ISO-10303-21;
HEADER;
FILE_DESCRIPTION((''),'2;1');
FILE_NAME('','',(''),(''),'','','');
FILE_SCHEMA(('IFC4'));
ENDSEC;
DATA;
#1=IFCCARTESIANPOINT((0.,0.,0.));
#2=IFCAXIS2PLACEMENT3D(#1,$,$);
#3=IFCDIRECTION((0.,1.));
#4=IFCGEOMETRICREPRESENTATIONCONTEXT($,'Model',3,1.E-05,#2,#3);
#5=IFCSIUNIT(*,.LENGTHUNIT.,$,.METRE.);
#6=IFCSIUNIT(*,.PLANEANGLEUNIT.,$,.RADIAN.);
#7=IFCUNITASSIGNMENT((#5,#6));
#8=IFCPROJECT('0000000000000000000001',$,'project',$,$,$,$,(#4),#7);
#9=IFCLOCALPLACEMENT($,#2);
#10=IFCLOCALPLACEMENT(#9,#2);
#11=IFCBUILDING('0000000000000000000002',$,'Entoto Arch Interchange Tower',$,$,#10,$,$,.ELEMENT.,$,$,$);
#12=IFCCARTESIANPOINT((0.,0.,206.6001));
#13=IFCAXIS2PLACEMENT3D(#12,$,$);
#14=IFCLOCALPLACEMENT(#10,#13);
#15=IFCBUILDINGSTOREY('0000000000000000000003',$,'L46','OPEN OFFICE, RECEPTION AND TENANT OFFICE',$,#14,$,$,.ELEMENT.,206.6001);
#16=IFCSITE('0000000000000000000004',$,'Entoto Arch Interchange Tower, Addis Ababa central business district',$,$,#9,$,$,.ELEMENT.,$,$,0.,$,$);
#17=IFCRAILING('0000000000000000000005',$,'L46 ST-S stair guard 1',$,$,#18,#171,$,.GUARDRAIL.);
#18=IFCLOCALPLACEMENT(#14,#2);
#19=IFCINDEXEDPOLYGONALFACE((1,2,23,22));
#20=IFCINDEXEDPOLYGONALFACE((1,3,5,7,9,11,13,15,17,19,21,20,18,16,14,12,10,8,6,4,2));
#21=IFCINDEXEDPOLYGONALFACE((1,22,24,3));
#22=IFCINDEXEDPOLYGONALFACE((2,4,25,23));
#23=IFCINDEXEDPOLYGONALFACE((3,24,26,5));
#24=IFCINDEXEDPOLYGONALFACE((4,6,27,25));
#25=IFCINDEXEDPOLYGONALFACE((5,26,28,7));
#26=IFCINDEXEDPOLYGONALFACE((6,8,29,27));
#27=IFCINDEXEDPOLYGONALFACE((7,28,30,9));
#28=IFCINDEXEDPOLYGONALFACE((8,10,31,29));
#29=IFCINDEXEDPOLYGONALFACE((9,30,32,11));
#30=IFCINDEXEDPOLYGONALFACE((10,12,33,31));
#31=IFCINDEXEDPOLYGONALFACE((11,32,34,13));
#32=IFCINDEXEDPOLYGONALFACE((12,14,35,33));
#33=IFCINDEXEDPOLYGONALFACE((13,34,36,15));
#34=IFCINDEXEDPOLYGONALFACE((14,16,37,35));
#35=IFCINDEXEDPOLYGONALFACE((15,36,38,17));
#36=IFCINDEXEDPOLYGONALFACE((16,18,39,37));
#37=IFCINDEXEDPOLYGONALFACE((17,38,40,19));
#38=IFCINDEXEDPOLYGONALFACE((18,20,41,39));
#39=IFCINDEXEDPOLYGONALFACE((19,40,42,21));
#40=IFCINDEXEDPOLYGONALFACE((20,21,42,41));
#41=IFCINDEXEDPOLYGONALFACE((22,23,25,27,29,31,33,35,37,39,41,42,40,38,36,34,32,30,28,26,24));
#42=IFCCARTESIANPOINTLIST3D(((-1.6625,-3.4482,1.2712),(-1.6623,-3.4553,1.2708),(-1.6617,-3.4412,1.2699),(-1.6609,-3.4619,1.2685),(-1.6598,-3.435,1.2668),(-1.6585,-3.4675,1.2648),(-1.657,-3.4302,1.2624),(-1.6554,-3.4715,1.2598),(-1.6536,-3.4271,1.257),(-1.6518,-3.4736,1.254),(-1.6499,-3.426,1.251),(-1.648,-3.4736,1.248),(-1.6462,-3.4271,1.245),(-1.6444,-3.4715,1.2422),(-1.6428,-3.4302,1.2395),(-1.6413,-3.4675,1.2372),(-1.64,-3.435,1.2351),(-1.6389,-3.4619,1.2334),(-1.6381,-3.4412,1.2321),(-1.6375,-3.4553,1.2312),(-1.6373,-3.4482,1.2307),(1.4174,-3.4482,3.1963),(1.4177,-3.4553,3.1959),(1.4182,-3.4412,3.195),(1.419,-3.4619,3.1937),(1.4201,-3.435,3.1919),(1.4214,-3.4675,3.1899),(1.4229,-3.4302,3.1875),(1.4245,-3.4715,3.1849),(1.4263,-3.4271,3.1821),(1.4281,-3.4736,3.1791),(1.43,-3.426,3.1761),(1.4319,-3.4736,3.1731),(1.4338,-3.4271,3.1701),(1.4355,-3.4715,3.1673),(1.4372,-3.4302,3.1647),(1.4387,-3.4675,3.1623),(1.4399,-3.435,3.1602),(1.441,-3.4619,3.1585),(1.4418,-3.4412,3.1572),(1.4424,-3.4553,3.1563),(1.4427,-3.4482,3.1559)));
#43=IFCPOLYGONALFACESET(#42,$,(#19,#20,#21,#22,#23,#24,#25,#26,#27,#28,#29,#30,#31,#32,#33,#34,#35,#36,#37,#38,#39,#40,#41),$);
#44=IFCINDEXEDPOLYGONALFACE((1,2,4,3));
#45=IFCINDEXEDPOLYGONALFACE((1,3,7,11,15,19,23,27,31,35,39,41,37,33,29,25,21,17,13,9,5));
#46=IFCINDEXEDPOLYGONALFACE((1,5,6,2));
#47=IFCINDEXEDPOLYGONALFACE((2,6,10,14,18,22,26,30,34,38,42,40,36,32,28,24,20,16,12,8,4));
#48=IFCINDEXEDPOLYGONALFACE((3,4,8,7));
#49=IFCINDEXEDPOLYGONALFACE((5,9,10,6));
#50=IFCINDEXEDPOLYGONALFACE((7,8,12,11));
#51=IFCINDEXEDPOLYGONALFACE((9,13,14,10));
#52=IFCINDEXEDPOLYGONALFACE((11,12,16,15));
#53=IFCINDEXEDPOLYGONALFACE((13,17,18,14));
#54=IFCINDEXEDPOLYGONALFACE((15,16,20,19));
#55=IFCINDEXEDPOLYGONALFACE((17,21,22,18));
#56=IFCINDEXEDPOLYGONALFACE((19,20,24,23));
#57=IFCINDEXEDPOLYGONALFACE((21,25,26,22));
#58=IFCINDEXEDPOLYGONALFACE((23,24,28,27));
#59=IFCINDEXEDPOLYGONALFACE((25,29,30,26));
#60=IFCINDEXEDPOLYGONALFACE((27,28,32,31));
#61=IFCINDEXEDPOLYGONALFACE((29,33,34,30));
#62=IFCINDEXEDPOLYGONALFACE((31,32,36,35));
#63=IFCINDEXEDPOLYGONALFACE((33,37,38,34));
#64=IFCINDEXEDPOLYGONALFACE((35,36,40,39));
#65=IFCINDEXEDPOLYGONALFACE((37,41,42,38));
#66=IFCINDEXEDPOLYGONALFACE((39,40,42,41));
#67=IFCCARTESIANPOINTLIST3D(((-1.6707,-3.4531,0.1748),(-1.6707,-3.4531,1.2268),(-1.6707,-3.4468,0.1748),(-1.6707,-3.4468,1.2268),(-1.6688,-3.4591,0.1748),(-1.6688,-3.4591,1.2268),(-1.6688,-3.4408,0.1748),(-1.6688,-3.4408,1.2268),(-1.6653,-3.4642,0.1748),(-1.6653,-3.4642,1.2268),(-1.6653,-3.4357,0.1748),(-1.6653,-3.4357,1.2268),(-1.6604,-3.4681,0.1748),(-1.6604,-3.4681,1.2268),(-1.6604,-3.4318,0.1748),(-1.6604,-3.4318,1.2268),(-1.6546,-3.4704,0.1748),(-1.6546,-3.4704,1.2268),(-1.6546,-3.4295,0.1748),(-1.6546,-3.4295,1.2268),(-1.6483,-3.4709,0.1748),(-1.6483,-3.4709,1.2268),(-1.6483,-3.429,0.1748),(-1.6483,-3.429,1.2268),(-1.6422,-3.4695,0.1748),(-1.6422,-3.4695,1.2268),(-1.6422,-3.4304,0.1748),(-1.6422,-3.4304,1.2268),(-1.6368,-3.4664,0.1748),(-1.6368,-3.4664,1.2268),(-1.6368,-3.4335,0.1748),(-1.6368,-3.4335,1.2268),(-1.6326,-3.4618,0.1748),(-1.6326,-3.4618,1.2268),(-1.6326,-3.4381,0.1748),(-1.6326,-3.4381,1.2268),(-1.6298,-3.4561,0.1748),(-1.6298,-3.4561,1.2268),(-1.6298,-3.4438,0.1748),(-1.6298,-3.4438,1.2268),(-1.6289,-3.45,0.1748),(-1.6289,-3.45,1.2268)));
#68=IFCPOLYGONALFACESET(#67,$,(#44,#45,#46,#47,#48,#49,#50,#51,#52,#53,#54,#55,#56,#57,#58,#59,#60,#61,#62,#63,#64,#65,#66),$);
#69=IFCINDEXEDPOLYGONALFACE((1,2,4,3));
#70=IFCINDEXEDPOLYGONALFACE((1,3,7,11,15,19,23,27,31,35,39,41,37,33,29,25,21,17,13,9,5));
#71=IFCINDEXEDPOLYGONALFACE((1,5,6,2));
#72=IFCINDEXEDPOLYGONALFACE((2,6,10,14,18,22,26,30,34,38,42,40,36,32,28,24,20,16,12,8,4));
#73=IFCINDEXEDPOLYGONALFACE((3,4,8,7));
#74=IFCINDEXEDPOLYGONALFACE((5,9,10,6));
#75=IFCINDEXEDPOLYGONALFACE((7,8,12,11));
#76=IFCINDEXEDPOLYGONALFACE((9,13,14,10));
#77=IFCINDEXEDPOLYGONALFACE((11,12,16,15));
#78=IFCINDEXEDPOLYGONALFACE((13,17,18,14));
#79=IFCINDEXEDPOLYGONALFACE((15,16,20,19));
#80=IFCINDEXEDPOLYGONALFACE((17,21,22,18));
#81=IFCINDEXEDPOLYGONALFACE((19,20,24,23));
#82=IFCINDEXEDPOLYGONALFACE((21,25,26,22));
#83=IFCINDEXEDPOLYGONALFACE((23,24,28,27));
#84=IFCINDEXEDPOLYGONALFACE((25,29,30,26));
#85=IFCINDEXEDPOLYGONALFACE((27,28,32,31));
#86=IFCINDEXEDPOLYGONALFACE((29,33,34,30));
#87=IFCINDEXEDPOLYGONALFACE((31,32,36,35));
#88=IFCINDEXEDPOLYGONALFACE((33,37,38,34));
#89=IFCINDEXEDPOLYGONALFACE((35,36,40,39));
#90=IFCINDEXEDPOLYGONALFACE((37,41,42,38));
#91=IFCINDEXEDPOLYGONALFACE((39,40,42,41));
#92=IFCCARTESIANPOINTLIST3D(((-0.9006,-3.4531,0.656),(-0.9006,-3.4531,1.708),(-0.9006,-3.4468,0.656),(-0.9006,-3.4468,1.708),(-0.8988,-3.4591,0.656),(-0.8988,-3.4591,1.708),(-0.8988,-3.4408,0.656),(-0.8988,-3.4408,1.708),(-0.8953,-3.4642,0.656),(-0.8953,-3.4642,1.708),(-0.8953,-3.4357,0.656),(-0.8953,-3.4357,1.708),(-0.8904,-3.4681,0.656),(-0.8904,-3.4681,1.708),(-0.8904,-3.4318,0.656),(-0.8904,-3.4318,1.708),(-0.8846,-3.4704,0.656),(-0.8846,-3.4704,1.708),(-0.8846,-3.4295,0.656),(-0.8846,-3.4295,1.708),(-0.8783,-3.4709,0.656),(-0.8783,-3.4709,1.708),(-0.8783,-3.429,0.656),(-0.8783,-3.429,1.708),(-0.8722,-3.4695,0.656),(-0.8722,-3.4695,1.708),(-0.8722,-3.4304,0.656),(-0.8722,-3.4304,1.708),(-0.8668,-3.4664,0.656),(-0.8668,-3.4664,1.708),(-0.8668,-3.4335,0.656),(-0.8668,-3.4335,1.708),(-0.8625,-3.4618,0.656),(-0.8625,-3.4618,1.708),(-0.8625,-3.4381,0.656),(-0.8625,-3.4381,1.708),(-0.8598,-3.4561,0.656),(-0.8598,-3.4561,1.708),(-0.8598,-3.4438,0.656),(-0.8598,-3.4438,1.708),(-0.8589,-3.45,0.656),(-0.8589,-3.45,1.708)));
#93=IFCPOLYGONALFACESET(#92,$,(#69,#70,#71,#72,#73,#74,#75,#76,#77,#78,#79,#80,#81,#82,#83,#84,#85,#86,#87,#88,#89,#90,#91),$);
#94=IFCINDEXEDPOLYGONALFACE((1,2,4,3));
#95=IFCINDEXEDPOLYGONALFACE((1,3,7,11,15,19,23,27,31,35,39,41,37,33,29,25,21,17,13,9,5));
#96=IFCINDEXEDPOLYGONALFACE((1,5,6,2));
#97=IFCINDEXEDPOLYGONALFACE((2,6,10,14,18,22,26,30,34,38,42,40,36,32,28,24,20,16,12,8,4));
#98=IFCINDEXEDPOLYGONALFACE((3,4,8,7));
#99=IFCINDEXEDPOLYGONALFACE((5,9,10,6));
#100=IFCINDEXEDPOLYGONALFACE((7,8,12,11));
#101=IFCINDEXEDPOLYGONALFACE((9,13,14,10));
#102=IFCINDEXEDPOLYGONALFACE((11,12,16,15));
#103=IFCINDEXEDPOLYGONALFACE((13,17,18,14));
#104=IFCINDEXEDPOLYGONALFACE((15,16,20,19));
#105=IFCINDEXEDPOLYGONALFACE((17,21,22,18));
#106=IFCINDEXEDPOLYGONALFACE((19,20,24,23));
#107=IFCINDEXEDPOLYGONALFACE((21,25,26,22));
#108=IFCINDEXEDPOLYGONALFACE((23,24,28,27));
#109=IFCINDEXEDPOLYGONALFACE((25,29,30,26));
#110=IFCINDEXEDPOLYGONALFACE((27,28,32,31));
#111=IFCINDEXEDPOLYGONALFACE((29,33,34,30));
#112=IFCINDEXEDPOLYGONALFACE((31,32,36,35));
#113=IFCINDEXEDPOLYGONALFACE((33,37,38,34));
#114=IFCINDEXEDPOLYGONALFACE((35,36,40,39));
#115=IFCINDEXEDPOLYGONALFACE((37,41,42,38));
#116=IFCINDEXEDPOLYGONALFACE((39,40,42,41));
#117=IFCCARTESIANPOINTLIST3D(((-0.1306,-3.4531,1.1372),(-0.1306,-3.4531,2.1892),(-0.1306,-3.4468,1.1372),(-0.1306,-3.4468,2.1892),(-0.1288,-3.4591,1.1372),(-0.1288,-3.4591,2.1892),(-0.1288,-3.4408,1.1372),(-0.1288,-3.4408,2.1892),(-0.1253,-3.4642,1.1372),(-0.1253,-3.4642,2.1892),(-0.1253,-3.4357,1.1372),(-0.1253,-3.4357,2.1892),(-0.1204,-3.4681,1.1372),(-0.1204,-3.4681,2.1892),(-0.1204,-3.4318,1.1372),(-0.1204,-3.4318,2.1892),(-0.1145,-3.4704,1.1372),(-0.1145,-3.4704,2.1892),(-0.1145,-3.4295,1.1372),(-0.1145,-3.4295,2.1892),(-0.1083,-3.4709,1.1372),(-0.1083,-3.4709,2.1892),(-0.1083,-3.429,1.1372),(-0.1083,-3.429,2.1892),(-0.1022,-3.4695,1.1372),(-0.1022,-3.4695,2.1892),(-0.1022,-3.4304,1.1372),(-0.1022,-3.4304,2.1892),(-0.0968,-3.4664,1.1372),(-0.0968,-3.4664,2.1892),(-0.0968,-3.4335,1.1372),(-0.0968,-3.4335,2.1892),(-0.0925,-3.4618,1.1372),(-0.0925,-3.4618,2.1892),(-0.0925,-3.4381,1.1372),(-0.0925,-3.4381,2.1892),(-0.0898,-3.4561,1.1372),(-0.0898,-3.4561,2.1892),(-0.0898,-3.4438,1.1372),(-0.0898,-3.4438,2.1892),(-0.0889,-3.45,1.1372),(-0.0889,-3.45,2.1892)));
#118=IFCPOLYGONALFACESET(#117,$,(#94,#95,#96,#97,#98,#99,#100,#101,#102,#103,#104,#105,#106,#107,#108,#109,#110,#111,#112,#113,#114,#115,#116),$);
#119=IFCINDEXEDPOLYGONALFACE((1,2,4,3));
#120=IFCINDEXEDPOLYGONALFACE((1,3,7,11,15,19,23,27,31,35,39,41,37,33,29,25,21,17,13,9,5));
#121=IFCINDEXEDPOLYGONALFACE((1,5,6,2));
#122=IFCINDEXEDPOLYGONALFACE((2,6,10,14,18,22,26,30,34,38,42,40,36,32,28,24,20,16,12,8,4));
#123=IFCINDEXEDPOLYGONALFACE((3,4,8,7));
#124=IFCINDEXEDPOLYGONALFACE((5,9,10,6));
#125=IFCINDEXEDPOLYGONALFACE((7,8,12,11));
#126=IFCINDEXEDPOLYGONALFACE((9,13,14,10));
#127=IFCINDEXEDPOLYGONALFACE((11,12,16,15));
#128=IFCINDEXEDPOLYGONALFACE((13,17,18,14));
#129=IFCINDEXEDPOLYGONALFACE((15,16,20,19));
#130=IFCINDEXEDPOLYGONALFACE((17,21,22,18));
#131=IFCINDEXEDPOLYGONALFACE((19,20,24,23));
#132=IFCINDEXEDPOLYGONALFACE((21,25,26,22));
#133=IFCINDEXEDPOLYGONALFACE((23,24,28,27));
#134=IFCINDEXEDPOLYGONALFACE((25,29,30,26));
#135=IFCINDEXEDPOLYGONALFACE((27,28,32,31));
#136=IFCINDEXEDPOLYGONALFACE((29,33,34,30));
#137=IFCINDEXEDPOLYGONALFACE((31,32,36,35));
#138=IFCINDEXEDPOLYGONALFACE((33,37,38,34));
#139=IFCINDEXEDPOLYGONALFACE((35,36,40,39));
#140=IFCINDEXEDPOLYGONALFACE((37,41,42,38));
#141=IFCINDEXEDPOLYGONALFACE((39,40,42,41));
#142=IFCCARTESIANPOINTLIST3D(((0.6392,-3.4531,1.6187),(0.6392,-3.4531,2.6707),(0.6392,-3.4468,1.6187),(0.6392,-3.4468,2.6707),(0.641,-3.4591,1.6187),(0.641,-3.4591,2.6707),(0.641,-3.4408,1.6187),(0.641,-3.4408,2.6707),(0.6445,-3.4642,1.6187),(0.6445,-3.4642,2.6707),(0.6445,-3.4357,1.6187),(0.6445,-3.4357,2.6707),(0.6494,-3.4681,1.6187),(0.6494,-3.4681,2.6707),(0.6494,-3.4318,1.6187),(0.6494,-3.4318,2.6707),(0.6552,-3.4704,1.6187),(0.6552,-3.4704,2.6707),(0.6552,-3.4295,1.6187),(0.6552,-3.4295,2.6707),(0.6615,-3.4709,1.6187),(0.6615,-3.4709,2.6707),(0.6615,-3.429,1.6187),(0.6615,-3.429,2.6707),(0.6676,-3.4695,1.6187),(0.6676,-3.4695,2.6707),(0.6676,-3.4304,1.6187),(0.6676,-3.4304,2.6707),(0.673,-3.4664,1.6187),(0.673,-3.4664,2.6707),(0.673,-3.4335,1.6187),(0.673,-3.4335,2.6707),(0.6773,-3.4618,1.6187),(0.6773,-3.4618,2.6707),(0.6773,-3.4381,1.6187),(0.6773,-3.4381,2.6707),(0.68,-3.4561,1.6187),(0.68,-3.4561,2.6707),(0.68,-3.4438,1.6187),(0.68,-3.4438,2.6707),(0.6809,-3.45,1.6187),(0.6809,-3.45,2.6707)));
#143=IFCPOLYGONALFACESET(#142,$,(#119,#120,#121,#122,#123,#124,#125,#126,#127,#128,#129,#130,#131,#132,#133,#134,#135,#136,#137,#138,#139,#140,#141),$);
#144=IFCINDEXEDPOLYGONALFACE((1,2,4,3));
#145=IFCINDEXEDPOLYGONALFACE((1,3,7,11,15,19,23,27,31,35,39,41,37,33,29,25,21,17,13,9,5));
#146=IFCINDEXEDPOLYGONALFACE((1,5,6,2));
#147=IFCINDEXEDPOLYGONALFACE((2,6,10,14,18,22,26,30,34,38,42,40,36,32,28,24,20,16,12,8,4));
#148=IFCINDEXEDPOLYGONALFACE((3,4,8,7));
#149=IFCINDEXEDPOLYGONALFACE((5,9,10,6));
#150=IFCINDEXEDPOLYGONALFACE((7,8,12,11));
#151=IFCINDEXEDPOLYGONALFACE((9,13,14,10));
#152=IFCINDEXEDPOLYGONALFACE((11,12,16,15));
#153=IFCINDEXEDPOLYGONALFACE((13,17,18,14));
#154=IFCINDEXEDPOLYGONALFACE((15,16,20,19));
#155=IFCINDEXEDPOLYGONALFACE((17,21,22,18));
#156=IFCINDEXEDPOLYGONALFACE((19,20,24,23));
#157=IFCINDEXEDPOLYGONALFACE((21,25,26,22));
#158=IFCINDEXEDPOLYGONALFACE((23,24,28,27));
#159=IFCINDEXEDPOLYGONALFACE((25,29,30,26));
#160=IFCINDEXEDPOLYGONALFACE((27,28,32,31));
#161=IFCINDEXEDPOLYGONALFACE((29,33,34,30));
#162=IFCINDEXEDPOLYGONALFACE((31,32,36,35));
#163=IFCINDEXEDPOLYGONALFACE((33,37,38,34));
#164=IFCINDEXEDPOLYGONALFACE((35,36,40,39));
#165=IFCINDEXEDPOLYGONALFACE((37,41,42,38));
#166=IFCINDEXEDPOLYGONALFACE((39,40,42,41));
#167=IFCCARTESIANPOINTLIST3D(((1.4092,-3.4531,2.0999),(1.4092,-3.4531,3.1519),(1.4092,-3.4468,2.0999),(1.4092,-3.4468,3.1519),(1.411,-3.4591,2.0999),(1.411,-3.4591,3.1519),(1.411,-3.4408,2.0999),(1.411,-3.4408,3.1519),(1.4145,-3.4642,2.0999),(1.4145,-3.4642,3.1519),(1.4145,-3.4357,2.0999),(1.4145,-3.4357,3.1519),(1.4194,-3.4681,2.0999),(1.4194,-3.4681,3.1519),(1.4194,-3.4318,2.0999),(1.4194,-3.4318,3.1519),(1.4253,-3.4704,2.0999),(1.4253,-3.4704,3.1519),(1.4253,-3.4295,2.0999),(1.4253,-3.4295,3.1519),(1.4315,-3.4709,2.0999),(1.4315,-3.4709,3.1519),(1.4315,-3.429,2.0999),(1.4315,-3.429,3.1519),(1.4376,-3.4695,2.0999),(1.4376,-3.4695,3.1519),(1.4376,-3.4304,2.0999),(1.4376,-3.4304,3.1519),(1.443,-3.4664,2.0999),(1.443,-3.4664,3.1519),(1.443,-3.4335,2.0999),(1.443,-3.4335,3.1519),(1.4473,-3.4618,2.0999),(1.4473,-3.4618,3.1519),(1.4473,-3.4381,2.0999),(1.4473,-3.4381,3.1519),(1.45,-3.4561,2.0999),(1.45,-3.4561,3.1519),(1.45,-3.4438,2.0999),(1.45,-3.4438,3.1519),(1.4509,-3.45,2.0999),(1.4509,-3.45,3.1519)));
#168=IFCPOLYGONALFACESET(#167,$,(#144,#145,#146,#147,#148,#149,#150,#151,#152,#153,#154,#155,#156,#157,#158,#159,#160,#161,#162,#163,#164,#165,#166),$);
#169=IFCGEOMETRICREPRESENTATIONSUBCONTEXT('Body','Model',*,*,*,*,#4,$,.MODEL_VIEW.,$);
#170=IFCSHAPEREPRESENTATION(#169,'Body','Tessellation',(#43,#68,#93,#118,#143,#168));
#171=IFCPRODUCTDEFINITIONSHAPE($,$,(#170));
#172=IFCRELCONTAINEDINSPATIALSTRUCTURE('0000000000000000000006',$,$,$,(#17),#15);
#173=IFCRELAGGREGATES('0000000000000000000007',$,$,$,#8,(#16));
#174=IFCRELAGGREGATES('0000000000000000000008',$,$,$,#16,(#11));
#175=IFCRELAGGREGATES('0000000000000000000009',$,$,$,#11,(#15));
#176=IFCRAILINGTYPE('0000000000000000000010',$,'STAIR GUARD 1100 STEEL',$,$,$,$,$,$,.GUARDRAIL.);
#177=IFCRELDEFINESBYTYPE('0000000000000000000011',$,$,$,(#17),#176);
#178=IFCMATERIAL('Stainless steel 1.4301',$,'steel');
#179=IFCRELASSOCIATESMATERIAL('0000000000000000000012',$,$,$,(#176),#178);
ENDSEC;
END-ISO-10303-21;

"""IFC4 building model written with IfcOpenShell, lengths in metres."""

from ifc_helpers import new_model, si_unit, direction, frame, origin, origin_2d, place, context, subcontext, project, spatial, circle, extrude, material, type_object, element, save


model = new_model("IFC4")

# Units and contexts
model_context = context("Model", 3, precision=1e-05, world=origin(), true_north=direction((0.0, 1.0)))
body_context = subcontext(model_context, "Body", "Model", "MODEL_VIEW")
ifc_project = project(units=[si_unit("LENGTHUNIT", "METRE"), si_unit("PLANEANGLEUNIT", "RADIAN")], contexts=[model_context])

# Site, building, storey
site_placement = place(None, origin())
site = spatial("IfcSite", under=ifc_project, at=site_placement, Name="Entoto Arch Interchange Tower, Addis Ababa central business district", CompositionType="ELEMENT", RefElevation=0.0)
building_placement = place(site_placement, origin())
building = spatial("IfcBuilding", under=site, at=building_placement, Name="Entoto Arch Interchange Tower", CompositionType="ELEMENT")
storey_placement = place(building_placement, frame((0.0, 0.0, 206.6001)))
storey = spatial("IfcBuildingStorey", under=building, at=storey_placement, Name="L46", Description="OPEN OFFICE, RECEPTION AND TENANT OFFICE", CompositionType="ELEMENT", Elevation=206.6001)

# Railing
ifc_material_1 = material(Name="Stainless steel 1.4301", Category="steel")
railing_type_1 = type_object("IfcRailingType", Name="STAIR GUARD 1100 STEEL", PredefinedType="GUARDRAIL", material=ifc_material_1)
railing_1_placement = place(storey_placement, frame((-1.6499, -3.45, 0.1748)))
element("IfcRailing", 1, at=railing_1_placement, inside=storey, type_object=railing_type_1, Name="L46 ST-S stair guard 1", PredefinedType="GUARDRAIL", context=body_context, shape_type="SweptSolid", body=[
    extrude(circle(Radius=0.0239, at=origin_2d()), frame((0.0, 0.0, 1.0762), z_axis=(0.847979, 0.0, 0.530029), x_axis=(0.0, 1.0, 0.0)), (0.0, 0.0, 1.0), 3.6321),
    extrude(circle(Radius=0.021, at=origin_2d()), origin(), (0.0, 0.0, 1.0), 1.052),
    extrude(circle(Radius=0.021, at=origin_2d()), frame((0.77, 0.0, 0.4812)), (0.0, 0.0, 1.0), 1.052),
    extrude(circle(Radius=0.021, at=origin_2d()), frame((1.54, 0.0, 0.9624)), (0.0, 0.0, 1.0), 1.052),
    extrude(circle(Radius=0.021, at=origin_2d()), frame((2.3098, 0.0, 1.4438)), (0.0, 0.0, 1.0), 1.052),
    extrude(circle(Radius=0.021, at=origin_2d()), frame((3.0798, 0.0, 1.925)), (0.0, 0.0, 1.0), 1.052),
])

save(model, "model.ifc")
